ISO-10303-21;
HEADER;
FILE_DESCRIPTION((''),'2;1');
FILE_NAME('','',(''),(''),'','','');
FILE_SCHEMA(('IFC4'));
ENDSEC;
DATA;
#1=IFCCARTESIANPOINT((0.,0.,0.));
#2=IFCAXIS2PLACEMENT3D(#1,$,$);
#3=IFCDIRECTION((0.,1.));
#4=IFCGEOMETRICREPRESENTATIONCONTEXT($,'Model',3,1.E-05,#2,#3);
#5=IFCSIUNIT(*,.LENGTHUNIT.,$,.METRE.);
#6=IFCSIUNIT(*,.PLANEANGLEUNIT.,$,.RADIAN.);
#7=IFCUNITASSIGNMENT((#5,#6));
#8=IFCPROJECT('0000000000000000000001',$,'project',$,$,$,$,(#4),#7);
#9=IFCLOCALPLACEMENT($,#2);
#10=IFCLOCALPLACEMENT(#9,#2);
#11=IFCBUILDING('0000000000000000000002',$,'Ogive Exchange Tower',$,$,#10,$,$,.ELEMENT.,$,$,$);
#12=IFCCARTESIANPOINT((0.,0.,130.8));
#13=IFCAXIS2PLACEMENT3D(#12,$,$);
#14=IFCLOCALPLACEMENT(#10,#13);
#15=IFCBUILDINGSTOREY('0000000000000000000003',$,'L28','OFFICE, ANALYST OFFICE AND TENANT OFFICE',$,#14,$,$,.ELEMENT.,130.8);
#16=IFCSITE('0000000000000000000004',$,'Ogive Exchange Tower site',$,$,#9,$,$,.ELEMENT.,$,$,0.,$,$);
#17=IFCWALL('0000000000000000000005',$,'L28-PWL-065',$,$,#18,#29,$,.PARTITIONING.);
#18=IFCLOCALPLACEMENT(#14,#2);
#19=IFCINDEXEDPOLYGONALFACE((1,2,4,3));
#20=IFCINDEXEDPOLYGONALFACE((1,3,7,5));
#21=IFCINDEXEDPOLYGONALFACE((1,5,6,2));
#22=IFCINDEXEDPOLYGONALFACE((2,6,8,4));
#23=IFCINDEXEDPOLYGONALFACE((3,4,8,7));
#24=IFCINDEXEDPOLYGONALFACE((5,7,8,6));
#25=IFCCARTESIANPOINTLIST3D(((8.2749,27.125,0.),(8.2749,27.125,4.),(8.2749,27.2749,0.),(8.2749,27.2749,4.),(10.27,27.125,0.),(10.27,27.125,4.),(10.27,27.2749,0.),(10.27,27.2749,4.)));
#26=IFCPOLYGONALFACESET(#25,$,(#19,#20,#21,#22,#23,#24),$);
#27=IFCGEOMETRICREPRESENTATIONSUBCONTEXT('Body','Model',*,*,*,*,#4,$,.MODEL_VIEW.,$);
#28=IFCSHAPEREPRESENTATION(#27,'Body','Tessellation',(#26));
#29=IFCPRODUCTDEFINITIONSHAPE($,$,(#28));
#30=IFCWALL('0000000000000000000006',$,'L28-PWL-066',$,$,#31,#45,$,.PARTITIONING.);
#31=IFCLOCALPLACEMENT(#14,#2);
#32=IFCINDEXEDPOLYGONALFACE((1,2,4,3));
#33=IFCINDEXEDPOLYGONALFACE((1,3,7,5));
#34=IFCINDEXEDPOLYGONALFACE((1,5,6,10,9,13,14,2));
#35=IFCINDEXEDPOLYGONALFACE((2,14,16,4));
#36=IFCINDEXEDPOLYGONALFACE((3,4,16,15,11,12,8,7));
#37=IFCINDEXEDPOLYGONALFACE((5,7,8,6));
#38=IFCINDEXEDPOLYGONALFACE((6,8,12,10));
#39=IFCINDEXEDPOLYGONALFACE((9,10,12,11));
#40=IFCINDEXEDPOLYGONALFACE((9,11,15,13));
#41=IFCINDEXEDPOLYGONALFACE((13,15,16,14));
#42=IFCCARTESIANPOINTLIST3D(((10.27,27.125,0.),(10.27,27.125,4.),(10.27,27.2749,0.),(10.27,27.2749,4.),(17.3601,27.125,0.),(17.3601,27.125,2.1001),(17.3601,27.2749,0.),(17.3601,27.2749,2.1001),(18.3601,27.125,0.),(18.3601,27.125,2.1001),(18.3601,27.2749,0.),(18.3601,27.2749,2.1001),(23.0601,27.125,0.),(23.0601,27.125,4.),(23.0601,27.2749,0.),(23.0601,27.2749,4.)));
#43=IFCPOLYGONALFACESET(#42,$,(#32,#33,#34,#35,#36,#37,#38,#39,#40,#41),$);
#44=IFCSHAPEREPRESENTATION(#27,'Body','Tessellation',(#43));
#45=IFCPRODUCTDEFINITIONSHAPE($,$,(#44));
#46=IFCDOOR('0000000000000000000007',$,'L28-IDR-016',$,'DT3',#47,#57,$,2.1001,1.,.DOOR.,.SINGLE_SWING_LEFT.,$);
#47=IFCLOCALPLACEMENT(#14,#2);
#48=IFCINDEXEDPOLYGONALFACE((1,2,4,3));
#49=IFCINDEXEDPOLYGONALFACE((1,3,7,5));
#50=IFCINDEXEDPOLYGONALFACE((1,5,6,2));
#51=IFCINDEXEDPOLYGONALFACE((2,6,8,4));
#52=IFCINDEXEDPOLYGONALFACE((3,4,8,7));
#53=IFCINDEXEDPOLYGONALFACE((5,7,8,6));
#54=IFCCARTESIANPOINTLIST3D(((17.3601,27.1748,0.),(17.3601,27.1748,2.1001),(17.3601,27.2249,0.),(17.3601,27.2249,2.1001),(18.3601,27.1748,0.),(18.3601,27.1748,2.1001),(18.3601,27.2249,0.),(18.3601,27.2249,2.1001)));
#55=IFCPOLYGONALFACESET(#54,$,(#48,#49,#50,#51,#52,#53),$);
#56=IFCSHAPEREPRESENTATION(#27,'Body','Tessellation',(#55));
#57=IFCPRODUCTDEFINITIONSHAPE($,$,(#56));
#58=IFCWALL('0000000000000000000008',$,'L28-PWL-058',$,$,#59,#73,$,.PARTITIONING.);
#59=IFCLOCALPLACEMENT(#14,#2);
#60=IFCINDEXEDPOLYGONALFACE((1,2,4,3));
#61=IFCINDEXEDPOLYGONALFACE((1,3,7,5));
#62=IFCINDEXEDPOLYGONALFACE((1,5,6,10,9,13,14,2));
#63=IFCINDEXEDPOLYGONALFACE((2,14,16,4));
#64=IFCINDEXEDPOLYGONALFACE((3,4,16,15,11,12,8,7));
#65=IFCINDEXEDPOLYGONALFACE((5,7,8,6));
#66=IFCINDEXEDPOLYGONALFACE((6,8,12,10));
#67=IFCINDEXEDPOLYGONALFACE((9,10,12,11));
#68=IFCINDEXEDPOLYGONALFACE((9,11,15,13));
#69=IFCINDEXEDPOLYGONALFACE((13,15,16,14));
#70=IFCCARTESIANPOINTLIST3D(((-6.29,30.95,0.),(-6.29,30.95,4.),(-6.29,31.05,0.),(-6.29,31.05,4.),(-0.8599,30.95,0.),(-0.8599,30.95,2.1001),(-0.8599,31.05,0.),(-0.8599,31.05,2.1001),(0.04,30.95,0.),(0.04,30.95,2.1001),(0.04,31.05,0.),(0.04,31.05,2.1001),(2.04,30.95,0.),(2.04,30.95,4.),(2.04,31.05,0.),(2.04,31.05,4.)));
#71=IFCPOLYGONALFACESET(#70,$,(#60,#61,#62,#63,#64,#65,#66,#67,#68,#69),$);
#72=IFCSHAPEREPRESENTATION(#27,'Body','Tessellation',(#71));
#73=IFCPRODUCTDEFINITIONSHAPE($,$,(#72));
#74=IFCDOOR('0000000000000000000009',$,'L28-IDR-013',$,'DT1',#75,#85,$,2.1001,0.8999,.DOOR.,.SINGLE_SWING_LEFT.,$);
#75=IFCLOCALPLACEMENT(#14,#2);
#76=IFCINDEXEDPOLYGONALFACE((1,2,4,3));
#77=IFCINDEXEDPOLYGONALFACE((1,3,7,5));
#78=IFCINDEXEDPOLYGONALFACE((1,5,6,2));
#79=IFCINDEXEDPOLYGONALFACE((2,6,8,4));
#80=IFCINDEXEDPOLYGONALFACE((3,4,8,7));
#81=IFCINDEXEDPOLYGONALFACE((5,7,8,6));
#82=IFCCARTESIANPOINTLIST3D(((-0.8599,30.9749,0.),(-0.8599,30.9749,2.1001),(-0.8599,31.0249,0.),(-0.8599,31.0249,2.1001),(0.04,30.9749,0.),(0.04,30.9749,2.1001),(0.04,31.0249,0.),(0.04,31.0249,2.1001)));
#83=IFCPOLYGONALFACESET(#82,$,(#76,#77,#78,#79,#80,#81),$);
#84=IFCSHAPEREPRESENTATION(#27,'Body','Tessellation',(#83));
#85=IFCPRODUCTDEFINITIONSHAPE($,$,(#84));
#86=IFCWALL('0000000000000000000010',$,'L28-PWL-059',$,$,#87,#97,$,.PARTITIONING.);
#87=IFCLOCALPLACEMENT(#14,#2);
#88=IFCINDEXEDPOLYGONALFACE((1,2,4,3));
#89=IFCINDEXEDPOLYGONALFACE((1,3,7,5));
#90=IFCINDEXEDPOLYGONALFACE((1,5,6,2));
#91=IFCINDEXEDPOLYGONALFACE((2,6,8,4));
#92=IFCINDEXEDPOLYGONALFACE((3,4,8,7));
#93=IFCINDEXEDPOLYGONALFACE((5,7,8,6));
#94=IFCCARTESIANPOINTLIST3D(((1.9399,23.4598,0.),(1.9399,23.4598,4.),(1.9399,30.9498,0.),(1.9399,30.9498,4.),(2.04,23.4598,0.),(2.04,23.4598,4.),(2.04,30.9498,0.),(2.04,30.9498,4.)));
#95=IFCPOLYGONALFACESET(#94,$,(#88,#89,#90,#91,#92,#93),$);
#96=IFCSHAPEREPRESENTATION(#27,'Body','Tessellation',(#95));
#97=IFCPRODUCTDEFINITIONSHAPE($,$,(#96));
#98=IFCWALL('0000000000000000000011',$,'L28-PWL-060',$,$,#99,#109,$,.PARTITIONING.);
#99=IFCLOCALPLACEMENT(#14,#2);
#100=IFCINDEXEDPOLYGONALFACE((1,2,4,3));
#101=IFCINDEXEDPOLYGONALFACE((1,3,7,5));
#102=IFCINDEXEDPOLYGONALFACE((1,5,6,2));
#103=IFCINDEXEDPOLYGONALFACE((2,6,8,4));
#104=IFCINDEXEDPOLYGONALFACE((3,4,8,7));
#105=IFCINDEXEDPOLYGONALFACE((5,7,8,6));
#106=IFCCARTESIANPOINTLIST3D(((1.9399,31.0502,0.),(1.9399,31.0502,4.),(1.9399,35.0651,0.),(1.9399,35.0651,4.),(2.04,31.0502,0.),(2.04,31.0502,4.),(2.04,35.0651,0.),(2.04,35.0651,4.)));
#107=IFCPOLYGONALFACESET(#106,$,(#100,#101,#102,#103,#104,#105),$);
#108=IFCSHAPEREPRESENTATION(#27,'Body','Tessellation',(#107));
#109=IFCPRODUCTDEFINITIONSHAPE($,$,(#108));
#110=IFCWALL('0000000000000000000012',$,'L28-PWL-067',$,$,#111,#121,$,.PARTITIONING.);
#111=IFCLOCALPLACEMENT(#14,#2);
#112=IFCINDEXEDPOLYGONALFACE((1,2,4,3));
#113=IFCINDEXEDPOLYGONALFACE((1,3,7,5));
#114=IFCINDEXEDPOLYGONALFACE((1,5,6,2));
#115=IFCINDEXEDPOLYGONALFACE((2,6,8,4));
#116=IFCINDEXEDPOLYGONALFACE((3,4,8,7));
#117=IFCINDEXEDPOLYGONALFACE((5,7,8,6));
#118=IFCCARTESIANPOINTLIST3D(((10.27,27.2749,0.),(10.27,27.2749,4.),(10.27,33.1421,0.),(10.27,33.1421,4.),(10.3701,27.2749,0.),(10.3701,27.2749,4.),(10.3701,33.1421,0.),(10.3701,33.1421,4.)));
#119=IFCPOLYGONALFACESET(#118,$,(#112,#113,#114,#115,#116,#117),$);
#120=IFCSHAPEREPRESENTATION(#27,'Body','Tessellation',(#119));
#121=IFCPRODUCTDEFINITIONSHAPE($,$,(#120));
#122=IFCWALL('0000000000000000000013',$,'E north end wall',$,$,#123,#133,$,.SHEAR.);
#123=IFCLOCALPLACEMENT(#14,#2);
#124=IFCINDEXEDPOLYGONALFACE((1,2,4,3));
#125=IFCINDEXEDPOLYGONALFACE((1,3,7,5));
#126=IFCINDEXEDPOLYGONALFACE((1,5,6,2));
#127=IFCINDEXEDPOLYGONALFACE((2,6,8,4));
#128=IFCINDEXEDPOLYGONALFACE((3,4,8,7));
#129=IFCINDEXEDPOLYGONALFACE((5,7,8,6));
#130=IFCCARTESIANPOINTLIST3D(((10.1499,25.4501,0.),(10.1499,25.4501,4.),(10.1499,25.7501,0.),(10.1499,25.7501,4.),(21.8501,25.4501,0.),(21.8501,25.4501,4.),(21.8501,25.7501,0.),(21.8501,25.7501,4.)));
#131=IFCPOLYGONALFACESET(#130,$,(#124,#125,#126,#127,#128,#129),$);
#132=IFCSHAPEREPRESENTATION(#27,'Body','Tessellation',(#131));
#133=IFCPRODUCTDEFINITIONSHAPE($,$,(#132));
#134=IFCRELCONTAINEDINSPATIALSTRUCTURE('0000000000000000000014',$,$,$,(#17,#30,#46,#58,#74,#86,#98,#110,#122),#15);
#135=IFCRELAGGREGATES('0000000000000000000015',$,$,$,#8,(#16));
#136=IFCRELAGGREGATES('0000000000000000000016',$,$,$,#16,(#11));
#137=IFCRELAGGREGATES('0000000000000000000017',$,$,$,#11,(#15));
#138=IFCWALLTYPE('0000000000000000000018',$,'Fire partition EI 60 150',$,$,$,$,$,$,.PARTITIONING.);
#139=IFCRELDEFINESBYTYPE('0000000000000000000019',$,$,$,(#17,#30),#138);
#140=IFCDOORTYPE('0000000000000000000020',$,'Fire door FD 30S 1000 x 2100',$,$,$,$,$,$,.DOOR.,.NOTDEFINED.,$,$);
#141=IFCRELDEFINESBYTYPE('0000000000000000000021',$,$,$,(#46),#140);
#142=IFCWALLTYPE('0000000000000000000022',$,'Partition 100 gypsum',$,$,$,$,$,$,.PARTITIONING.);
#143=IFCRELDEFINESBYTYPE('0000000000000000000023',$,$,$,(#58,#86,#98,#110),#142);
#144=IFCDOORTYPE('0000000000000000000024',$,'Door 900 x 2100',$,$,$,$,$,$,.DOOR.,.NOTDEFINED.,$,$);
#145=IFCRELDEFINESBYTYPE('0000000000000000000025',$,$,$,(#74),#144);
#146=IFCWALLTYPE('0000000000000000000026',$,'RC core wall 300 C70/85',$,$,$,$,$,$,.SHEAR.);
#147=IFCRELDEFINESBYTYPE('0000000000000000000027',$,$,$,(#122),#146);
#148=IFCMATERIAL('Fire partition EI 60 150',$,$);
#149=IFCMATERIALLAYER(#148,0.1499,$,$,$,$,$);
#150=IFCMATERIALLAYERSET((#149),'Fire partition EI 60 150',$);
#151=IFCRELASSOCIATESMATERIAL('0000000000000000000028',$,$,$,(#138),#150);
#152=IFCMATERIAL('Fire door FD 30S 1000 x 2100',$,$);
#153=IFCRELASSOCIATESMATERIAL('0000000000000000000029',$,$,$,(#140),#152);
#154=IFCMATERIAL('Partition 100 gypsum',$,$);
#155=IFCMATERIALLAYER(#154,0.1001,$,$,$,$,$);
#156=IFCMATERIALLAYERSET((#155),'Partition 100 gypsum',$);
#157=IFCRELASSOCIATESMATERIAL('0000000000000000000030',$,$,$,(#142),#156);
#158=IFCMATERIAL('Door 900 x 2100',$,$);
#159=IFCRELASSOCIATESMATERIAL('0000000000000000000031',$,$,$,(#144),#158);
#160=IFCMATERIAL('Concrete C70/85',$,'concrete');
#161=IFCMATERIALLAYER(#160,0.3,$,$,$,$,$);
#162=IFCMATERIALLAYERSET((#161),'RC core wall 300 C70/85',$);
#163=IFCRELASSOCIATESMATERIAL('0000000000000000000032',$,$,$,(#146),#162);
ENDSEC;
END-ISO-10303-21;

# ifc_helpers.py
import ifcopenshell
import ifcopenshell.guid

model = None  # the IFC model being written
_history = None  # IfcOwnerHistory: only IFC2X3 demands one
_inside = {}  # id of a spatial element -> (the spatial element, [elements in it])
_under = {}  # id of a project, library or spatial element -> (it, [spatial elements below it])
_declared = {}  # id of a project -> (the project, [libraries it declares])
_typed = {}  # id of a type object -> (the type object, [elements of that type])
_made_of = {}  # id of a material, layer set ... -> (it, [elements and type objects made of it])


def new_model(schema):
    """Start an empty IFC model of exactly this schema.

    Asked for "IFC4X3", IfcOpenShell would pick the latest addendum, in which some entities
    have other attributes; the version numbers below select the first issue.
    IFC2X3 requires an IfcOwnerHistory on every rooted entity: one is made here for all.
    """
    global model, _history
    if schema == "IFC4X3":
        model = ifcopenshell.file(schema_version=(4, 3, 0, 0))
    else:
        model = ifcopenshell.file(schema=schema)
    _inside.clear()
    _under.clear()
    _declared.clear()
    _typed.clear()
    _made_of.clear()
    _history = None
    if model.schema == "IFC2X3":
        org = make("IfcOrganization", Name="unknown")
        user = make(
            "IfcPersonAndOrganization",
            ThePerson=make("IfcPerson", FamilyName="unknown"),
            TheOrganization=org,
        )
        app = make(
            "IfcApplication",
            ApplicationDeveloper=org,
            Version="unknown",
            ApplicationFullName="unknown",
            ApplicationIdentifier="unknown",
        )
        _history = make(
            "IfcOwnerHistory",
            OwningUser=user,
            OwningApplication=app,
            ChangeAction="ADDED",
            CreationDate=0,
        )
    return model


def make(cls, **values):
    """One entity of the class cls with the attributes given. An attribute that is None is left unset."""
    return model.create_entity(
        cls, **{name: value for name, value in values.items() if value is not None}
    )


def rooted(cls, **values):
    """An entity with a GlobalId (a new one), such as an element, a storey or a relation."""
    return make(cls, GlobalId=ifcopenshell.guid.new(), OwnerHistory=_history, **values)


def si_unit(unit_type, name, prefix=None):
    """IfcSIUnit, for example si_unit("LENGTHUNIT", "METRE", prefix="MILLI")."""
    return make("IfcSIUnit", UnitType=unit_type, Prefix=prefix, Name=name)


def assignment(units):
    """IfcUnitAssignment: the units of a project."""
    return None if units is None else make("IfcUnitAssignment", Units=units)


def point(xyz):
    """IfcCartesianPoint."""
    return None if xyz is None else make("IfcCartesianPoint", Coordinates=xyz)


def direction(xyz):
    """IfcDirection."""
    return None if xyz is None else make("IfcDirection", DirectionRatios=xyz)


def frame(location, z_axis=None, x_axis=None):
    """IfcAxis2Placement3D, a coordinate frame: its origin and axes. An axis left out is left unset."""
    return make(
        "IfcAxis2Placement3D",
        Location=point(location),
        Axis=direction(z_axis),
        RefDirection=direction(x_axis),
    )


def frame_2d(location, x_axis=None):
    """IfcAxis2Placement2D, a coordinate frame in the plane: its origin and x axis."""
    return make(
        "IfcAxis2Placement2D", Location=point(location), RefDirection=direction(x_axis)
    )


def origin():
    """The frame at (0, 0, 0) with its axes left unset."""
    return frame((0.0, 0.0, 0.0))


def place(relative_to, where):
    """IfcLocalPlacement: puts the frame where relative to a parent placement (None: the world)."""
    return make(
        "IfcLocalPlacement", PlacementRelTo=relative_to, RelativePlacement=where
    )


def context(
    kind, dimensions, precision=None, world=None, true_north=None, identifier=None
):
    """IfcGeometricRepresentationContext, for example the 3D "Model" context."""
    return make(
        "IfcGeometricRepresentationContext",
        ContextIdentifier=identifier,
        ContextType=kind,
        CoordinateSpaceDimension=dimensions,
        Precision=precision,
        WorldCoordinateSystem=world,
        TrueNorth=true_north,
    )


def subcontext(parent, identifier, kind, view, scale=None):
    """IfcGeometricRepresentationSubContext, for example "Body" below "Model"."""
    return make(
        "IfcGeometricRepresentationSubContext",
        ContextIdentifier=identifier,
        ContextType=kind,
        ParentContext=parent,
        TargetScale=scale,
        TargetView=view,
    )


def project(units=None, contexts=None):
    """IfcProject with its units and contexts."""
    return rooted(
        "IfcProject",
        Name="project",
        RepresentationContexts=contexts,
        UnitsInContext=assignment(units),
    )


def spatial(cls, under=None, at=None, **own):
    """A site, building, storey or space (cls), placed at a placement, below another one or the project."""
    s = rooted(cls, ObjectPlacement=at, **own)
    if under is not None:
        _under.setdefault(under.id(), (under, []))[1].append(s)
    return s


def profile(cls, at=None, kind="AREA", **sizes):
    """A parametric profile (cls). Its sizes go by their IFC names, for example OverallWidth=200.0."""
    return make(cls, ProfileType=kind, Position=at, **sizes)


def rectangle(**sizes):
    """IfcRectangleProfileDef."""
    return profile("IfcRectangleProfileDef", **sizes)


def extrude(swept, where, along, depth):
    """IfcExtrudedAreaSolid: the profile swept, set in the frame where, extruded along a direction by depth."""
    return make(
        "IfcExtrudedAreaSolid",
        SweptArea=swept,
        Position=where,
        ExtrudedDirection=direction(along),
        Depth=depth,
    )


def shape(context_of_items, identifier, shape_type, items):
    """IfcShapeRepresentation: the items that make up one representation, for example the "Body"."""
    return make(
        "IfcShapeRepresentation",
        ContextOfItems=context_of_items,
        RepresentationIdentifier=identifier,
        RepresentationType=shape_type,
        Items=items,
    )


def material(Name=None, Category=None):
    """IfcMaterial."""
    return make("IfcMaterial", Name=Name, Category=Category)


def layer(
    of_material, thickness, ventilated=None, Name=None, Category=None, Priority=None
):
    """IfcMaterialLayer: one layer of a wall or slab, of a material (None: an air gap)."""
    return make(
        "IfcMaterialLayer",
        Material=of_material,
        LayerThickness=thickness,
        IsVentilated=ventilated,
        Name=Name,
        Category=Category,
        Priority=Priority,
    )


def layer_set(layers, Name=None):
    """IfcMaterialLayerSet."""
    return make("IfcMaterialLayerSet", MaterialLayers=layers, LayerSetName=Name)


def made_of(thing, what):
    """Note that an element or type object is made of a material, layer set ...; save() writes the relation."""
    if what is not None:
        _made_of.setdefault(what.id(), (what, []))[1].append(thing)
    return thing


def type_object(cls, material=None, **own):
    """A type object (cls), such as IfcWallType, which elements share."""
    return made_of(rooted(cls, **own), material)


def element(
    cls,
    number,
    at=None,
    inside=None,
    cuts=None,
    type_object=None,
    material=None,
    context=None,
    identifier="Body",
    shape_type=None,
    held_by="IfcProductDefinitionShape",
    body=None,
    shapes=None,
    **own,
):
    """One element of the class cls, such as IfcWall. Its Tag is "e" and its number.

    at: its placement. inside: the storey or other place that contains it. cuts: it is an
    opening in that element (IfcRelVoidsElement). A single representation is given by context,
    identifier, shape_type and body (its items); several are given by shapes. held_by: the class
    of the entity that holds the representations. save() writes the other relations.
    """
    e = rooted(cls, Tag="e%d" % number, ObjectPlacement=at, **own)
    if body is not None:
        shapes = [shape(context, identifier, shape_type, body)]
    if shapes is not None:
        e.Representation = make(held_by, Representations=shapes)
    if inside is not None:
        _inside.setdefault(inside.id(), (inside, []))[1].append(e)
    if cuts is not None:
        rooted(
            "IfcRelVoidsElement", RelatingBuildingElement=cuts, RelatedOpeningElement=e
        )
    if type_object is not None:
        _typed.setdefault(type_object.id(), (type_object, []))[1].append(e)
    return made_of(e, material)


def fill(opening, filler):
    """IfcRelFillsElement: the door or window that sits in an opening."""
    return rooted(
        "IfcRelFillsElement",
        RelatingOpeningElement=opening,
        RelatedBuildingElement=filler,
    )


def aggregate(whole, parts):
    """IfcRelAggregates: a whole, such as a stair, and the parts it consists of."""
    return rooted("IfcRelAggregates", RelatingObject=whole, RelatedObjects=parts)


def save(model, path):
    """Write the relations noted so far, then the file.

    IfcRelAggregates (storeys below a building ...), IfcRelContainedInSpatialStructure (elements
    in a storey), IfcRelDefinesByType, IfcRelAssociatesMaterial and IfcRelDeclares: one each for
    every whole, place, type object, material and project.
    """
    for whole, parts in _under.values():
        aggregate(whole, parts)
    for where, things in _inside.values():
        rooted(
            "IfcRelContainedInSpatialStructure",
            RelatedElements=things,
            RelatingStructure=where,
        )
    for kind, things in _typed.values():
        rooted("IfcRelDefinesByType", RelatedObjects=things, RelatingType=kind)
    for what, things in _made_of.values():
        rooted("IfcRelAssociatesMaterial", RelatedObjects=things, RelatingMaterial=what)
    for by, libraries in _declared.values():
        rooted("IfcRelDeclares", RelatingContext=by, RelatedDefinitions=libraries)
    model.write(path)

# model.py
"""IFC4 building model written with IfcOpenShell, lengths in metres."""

from ifc_helpers import new_model, si_unit, direction, frame, frame_2d, origin, place, context, subcontext, project, spatial, rectangle, extrude, material, layer, layer_set, type_object, element, fill, save


model = new_model("IFC4")

# Units and contexts
model_context = context("Model", 3, precision=1e-05, world=origin(), true_north=direction((0.0, 1.0)))
body_context = subcontext(model_context, "Body", "Model", "MODEL_VIEW")
ifc_project = project(units=[si_unit("LENGTHUNIT", "METRE"), si_unit("PLANEANGLEUNIT", "RADIAN")], contexts=[model_context])

# Site, building, storey
site_placement = place(None, origin())
site = spatial("IfcSite", under=ifc_project, at=site_placement, Name="Ogive Exchange Tower site", CompositionType="ELEMENT", RefElevation=0.0)
building_placement = place(site_placement, origin())
building = spatial("IfcBuilding", under=site, at=building_placement, Name="Ogive Exchange Tower", CompositionType="ELEMENT")
storey_placement = place(building_placement, frame((0.0, 0.0, 130.8)))
storey = spatial("IfcBuildingStorey", under=building, at=storey_placement, Name="L28", Description="OFFICE, ANALYST OFFICE AND TENANT OFFICE", CompositionType="ELEMENT", Elevation=130.8)

# Wall
ifc_material_1 = material(Name="Fire partition EI 60 150")
ifc_layer_1 = layer(ifc_material_1, 0.1499)
ifc_layer_set_1 = layer_set([ifc_layer_1], Name="Fire partition EI 60 150")
wall_type_1 = type_object("IfcWallType", Name="Fire partition EI 60 150", PredefinedType="PARTITIONING", material=ifc_layer_set_1)
wall_1_placement = place(storey_placement, frame((8.2749, 27.2, 0.0), z_axis=(0.0, 0.0, 1.0), x_axis=(1.0, 0.0, 0.0)))
element("IfcWall", 1, at=wall_1_placement, inside=storey, type_object=wall_type_1, Name="L28-PWL-065", PredefinedType="PARTITIONING", context=body_context, shape_type="SweptSolid", body=[
    extrude(rectangle(XDim=1.9951, YDim=0.1499, at=frame_2d((0.9976, 0.0))), origin(), (0.0, 0.0, 1.0), 4.0),
])

# Walls, openings, doors
wall_2_placement = place(storey_placement, frame((10.27, 27.2, 0.0), z_axis=(0.0, 0.0, 1.0), x_axis=(1.0, 0.0, 0.0)))
wall_2 = element("IfcWall", 2, at=wall_2_placement, inside=storey, type_object=wall_type_1, Name="L28-PWL-066", PredefinedType="PARTITIONING", context=body_context, shape_type="SweptSolid", body=[
    extrude(rectangle(XDim=12.79, YDim=0.1499, at=frame_2d((6.395, 0.0))), origin(), (0.0, 0.0, 1.0), 4.0),
])
opening_1_placement = place(wall_2_placement, frame((7.0901, 0.0, 0.0)))
opening_1 = element("IfcOpeningElement", 3, at=opening_1_placement, cuts=wall_2, PredefinedType="OPENING", context=body_context, shape_type="SweptSolid", body=[
    extrude(rectangle(XDim=1.0, YDim=2.1001, at=frame_2d((0.5, 1.05))), frame((0.0, 0.085, 0.0), z_axis=(0.0, -1.0, 0.0), x_axis=(1.0, 0.0, 0.0)), (0.0, 0.0, 1.0), 0.1699),
])
ifc_material_2 = material(Name="Fire door FD 30S 1000 x 2100")
door_type_1 = type_object("IfcDoorType", Name="Fire door FD 30S 1000 x 2100", OperationType="NOTDEFINED", PredefinedType="DOOR", material=ifc_material_2)
door_1_placement = place(opening_1_placement, origin())
door_1 = element("IfcDoor", 4, at=door_1_placement, inside=storey, type_object=door_type_1, Name="L28-IDR-016", ObjectType="DT3", OperationType="SINGLE_SWING_LEFT", OverallHeight=2.1001, OverallWidth=1.0, PredefinedType="DOOR", context=body_context, shape_type="SweptSolid", body=[
    extrude(rectangle(XDim=1.0, YDim=2.1001, at=frame_2d((0.5, 1.05))), frame((0.0, 0.0249, 0.0), z_axis=(0.0, -1.0, 0.0), x_axis=(1.0, 0.0, 0.0)), (0.0, 0.0, 1.0), 0.05),
])
fill(opening_1, door_1)
ifc_material_3 = material(Name="Partition 100 gypsum")
ifc_layer_2 = layer(ifc_material_3, 0.1001)
ifc_layer_set_2 = layer_set([ifc_layer_2], Name="Partition 100 gypsum")
wall_type_2 = type_object("IfcWallType", Name="Partition 100 gypsum", PredefinedType="PARTITIONING", material=ifc_layer_set_2)
wall_3_placement = place(storey_placement, frame((2.04, 31.0, 0.0), z_axis=(0.0, 0.0, 1.0), x_axis=(-1.0, 0.0, 0.0)))
wall_3 = element("IfcWall", 5, at=wall_3_placement, inside=storey, type_object=wall_type_2, Name="L28-PWL-058", PredefinedType="PARTITIONING", context=body_context, shape_type="SweptSolid", body=[
    extrude(rectangle(XDim=8.3301, YDim=0.1001, at=frame_2d((4.165, 0.0))), origin(), (0.0, 0.0, 1.0), 4.0),
])
opening_2_placement = place(wall_3_placement, frame((2.0, 0.0, 0.0)))
opening_2 = element("IfcOpeningElement", 6, at=opening_2_placement, cuts=wall_3, PredefinedType="OPENING", context=body_context, shape_type="SweptSolid", body=[
    extrude(rectangle(XDim=0.8999, YDim=2.1001, at=frame_2d((0.45, 1.05))), frame((0.0, 0.0601, 0.0), z_axis=(0.0, -1.0, 0.0), x_axis=(1.0, 0.0, 0.0)), (0.0, 0.0, 1.0), 0.1201),
])
ifc_material_4 = material(Name="Door 900 x 2100")
door_type_2 = type_object("IfcDoorType", Name="Door 900 x 2100", OperationType="NOTDEFINED", PredefinedType="DOOR", material=ifc_material_4)
door_2_placement = place(opening_2_placement, frame((0.8999, 0.0, 0.0), z_axis=(0.0, 0.0, 1.0), x_axis=(-1.0, 0.0, 0.0)))
door_2 = element("IfcDoor", 7, at=door_2_placement, inside=storey, type_object=door_type_2, Name="L28-IDR-013", ObjectType="DT1", OperationType="SINGLE_SWING_LEFT", OverallHeight=2.1001, OverallWidth=0.8999, PredefinedType="DOOR", context=body_context, shape_type="SweptSolid", body=[
    extrude(rectangle(XDim=0.8999, YDim=2.1001, at=frame_2d((0.45, 1.05))), frame((0.0, 0.0249, 0.0), z_axis=(0.0, -1.0, 0.0), x_axis=(1.0, 0.0, 0.0)), (0.0, 0.0, 1.0), 0.05),
])
fill(opening_2, door_2)

# Walls
wall_4_placement = place(storey_placement, frame((1.99, 30.95, 0.0), z_axis=(0.0, 0.0, 1.0), x_axis=(0.0, -1.0, 0.0)))
element("IfcWall", 8, at=wall_4_placement, inside=storey, type_object=wall_type_2, Name="L28-PWL-059", PredefinedType="PARTITIONING", context=body_context, shape_type="SweptSolid", body=[
    extrude(rectangle(XDim=7.49, YDim=0.1001, at=frame_2d((3.7451, 0.0))), origin(), (0.0, 0.0, 1.0), 4.0),
])
wall_5_placement = place(storey_placement, frame((1.99, 35.0649, 0.0), z_axis=(0.0, 0.0, 1.0), x_axis=(0.0, -1.0, 0.0)))
element("IfcWall", 9, at=wall_5_placement, inside=storey, type_object=wall_type_2, Name="L28-PWL-060", PredefinedType="PARTITIONING", context=body_context, shape_type="SweptSolid", body=[
    extrude(rectangle(XDim=4.0149, YDim=0.1001, at=frame_2d((2.0073, 0.0))), origin(), (0.0, 0.0, 1.0), 4.0),
])
wall_6_placement = place(storey_placement, frame((10.3201, 33.1421, 0.0), z_axis=(0.0, 0.0, 1.0), x_axis=(0.0, -1.0, 0.0)))
element("IfcWall", 10, at=wall_6_placement, inside=storey, type_object=wall_type_2, Name="L28-PWL-067", PredefinedType="PARTITIONING", context=body_context, shape_type="SweptSolid", body=[
    extrude(rectangle(XDim=5.8672, YDim=0.1001, at=frame_2d((2.9336, 0.0))), origin(), (0.0, 0.0, 1.0), 4.0),
])
ifc_material_5 = material(Name="Concrete C70/85", Category="concrete")
ifc_layer_3 = layer(ifc_material_5, 0.3)
ifc_layer_set_3 = layer_set([ifc_layer_3], Name="RC core wall 300 C70/85")
wall_type_3 = type_object("IfcWallType", Name="RC core wall 300 C70/85", PredefinedType="SHEAR", material=ifc_layer_set_3)
wall_7_placement = place(storey_placement, frame((10.1499, 25.6001, 0.0), z_axis=(0.0, 0.0, 1.0), x_axis=(1.0, 0.0, 0.0)))
element("IfcWall", 11, at=wall_7_placement, inside=storey, type_object=wall_type_3, Name="E north end wall", PredefinedType="SHEAR", context=body_context, shape_type="SweptSolid", body=[
    extrude(rectangle(XDim=11.7002, YDim=0.3, at=frame_2d((5.8501, 0.0))), origin(), (0.0, 0.0, 1.0), 4.0),
])

save(model, "model.ifc")
